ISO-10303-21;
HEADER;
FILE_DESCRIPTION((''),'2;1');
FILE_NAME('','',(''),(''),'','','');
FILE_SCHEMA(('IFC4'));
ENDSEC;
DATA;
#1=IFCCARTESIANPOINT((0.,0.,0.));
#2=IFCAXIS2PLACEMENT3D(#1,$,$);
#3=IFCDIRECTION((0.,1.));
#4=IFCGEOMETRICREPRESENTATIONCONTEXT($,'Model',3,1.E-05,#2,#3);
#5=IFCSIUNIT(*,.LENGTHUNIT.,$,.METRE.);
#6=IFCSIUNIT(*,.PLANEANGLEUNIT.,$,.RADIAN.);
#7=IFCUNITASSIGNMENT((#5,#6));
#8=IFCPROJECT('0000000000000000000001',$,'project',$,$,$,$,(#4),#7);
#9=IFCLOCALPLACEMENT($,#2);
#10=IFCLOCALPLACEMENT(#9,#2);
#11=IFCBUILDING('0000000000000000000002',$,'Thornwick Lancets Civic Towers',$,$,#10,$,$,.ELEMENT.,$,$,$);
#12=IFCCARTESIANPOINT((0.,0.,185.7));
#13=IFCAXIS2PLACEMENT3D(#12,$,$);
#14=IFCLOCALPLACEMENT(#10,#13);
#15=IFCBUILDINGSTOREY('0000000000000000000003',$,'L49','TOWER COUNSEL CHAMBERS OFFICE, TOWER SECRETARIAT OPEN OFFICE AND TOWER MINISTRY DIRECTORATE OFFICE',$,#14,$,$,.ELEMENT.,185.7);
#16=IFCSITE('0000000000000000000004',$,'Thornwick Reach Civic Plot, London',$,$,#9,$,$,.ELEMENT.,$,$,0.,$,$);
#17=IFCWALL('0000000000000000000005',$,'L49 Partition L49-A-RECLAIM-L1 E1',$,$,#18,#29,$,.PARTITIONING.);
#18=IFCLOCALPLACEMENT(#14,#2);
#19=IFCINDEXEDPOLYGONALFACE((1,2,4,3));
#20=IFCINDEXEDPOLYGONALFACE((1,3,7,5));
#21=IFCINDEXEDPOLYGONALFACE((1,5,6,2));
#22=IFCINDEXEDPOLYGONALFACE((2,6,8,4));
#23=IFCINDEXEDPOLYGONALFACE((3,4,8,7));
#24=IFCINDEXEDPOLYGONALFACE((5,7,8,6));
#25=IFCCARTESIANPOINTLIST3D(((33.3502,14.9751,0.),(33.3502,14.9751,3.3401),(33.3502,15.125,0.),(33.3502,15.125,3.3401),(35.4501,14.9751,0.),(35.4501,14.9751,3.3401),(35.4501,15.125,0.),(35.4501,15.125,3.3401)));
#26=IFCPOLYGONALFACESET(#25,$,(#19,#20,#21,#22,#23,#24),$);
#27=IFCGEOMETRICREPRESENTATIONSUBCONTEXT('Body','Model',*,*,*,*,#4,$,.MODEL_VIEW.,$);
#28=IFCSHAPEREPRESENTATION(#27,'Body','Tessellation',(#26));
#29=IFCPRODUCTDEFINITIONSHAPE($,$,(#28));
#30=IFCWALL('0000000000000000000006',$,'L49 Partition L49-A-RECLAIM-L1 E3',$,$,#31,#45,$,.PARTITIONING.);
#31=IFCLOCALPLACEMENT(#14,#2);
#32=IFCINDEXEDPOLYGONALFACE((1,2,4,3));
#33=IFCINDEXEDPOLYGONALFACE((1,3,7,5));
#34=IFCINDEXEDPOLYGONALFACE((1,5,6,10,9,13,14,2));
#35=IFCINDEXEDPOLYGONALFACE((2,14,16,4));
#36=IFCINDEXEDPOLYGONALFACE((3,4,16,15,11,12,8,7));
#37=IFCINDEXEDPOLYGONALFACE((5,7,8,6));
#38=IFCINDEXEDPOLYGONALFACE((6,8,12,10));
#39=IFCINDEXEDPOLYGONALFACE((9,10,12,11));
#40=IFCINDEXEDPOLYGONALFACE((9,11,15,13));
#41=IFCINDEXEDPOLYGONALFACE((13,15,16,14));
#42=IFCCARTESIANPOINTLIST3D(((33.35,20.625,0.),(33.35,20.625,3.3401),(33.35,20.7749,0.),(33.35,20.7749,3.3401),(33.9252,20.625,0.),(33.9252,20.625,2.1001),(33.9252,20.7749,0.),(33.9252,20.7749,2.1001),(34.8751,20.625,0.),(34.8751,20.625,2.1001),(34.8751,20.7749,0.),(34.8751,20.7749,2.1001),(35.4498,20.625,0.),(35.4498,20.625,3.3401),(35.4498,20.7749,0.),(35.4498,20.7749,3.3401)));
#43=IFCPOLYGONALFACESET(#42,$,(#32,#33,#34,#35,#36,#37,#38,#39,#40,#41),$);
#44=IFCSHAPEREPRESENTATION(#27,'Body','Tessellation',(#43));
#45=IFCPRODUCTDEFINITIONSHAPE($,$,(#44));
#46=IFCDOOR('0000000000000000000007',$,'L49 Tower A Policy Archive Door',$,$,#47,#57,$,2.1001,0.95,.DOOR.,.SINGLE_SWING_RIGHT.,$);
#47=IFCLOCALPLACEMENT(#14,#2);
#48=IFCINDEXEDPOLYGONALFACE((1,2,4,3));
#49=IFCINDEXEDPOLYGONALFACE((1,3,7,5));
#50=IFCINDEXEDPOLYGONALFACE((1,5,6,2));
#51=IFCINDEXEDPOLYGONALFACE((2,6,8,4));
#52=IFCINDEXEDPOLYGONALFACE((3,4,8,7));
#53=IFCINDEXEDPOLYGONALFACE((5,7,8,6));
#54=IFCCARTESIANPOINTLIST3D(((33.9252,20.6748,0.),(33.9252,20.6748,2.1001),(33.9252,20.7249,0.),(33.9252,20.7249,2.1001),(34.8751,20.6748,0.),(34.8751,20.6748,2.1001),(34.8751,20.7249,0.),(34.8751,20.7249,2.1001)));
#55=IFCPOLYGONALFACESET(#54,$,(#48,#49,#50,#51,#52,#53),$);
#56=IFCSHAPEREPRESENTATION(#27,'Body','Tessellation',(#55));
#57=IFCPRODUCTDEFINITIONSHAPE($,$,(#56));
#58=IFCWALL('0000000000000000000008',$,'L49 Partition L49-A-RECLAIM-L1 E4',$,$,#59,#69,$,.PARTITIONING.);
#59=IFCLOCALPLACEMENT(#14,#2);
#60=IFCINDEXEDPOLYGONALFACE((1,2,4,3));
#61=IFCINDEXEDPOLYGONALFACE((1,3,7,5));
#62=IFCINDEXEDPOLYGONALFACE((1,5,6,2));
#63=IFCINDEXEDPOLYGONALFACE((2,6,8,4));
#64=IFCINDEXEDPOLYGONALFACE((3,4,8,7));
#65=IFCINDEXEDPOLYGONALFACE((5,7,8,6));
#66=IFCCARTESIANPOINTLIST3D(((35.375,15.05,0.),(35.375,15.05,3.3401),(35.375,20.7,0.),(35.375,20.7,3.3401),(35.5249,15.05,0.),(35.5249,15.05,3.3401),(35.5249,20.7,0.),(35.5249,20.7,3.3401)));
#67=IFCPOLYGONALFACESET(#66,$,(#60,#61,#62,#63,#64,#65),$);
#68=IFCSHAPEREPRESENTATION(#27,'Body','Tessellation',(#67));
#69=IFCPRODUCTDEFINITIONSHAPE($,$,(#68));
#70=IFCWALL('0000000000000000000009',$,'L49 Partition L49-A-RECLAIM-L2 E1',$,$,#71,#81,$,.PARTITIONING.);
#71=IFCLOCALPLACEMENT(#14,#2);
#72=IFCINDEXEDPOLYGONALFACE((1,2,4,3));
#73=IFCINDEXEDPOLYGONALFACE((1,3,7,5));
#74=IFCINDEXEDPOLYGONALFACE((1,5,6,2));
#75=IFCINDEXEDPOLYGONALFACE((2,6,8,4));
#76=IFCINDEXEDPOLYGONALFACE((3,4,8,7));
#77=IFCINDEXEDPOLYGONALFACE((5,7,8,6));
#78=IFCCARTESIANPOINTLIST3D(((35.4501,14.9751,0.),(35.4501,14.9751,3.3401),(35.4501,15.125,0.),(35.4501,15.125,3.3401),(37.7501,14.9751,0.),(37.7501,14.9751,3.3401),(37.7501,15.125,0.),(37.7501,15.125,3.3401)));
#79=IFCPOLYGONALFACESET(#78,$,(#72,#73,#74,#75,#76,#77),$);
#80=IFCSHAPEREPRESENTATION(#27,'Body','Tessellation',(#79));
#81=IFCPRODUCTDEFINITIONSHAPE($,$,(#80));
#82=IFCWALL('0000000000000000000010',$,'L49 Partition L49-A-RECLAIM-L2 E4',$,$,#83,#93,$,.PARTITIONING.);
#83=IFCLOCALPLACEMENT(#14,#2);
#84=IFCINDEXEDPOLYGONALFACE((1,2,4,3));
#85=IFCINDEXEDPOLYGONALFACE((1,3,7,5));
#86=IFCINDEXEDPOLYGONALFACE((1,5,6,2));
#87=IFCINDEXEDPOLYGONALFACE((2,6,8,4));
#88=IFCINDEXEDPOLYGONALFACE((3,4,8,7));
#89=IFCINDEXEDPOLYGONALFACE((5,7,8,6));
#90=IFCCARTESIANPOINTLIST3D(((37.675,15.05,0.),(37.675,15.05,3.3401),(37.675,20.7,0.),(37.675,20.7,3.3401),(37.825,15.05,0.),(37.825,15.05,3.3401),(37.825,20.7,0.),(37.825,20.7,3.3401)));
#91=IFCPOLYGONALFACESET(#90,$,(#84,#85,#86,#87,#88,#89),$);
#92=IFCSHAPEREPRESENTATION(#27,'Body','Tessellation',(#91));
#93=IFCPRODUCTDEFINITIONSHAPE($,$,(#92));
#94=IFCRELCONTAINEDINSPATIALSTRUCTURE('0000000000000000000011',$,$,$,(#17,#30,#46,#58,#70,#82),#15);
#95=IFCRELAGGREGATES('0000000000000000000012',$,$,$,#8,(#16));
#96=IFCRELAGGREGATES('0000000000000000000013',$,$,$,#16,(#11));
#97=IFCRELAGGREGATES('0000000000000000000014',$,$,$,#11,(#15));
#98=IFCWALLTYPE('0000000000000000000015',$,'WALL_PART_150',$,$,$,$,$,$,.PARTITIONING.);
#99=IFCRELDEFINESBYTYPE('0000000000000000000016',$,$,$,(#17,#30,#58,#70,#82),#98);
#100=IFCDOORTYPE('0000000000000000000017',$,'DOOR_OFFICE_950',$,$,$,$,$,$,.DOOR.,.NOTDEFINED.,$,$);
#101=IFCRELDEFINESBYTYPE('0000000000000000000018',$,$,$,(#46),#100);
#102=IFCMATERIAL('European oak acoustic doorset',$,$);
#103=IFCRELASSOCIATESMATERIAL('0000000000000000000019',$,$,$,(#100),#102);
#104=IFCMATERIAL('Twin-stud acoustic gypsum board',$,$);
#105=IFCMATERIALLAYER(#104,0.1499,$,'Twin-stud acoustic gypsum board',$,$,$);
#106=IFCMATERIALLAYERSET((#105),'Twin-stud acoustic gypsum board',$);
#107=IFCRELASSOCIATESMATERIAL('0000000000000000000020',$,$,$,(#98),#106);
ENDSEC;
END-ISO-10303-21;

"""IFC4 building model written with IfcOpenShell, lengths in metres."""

from ifc_helpers import new_model, si_unit, direction, frame, frame_2d, origin, place, context, subcontext, project, spatial, rectangle, extrude, material, layer, layer_set, type_object, element, fill, save


model = new_model("IFC4")

# Units and contexts
model_context = context("Model", 3, precision=1e-05, world=origin(), true_north=direction((0.0, 1.0)))
body_context = subcontext(model_context, "Body", "Model", "MODEL_VIEW")
ifc_project = project(units=[si_unit("LENGTHUNIT", "METRE"), si_unit("PLANEANGLEUNIT", "RADIAN")], contexts=[model_context])

# Site, building, storey
site_placement = place(None, origin())
site = spatial("IfcSite", under=ifc_project, at=site_placement, Name="Thornwick Reach Civic Plot, London", CompositionType="ELEMENT", RefElevation=0.0)
building_placement = place(site_placement, origin())
building = spatial("IfcBuilding", under=site, at=building_placement, Name="Thornwick Lancets Civic Towers", CompositionType="ELEMENT")
storey_placement = place(building_placement, frame((0.0, 0.0, 185.7)))
storey = spatial("IfcBuildingStorey", under=building, at=storey_placement, Name="L49", Description="TOWER COUNSEL CHAMBERS OFFICE, TOWER SECRETARIAT OPEN OFFICE AND TOWER MINISTRY DIRECTORATE OFFICE", CompositionType="ELEMENT", Elevation=185.7)

# Shared definitions
ifc_material_1 = material(Name="European oak acoustic doorset")
door_type_1 = type_object("IfcDoorType", Name="DOOR_OFFICE_950", OperationType="NOTDEFINED", PredefinedType="DOOR", material=ifc_material_1)

# Wall
ifc_material_2 = material(Name="Twin-stud acoustic gypsum board")
ifc_layer_1 = layer(ifc_material_2, 0.1499, Name="Twin-stud acoustic gypsum board")
ifc_layer_set_1 = layer_set([ifc_layer_1], Name="Twin-stud acoustic gypsum board")
wall_type_1 = type_object("IfcWallType", Name="WALL_PART_150", PredefinedType="PARTITIONING", material=ifc_layer_set_1)
wall_1_placement = place(storey_placement, frame((35.45, 15.05, 0.0), z_axis=(0.0, 0.0, 1.0), x_axis=(-1.0, 0.0, 0.0)))
element("IfcWall", 1, at=wall_1_placement, inside=storey, type_object=wall_type_1, Name="L49 Partition L49-A-RECLAIM-L1 E1", PredefinedType="PARTITIONING", context=body_context, shape_type="SweptSolid", body=[
    extrude(rectangle(XDim=2.0999, YDim=0.1499, at=frame_2d((1.0498, 0.0))), origin(), (0.0, 0.0, 1.0), 3.3401),
])

# Wall, opening, door
wall_2_placement = place(storey_placement, frame((33.3501, 20.7, 0.0), z_axis=(0.0, 0.0, 1.0), x_axis=(1.0, 0.0, 0.0)))
wall_2 = element("IfcWall", 2, at=wall_2_placement, inside=storey, type_object=wall_type_1, Name="L49 Partition L49-A-RECLAIM-L1 E3", PredefinedType="PARTITIONING", context=body_context, shape_type="SweptSolid", body=[
    extrude(rectangle(XDim=2.0999, YDim=0.1499, at=frame_2d((1.0498, 0.0))), origin(), (0.0, 0.0, 1.0), 3.3401),
])
opening_1_placement = place(wall_2_placement, frame((0.575, 0.0, 0.0)))
opening_1 = element("IfcOpeningElement", 3, at=opening_1_placement, cuts=wall_2, PredefinedType="OPENING", context=body_context, shape_type="SweptSolid", body=[
    extrude(rectangle(XDim=0.95, YDim=2.1001, at=frame_2d((0.4751, 1.05))), frame((0.0, 0.085, 0.0), z_axis=(0.0, -1.0, 0.0), x_axis=(1.0, 0.0, 0.0)), (0.0, 0.0, 1.0), 0.1699),
])
door_1_placement = place(opening_1_placement, origin())
door_1 = element("IfcDoor", 4, at=door_1_placement, inside=storey, type_object=door_type_1, Name="L49 Tower A Policy Archive Door", OperationType="SINGLE_SWING_RIGHT", OverallHeight=2.1001, OverallWidth=0.95, PredefinedType="DOOR", context=body_context, shape_type="SweptSolid", body=[
    extrude(rectangle(XDim=0.95, YDim=2.1001, at=frame_2d((0.4751, 1.05))), frame((0.0, 0.0249, 0.0), z_axis=(0.0, -1.0, 0.0), x_axis=(1.0, 0.0, 0.0)), (0.0, 0.0, 1.0), 0.05),
])
fill(opening_1, door_1)

# Walls
wall_3_placement = place(storey_placement, frame((35.45, 20.7, 0.0), z_axis=(0.0, 0.0, 1.0), x_axis=(0.0, -1.0, 0.0)))
element("IfcWall", 5, at=wall_3_placement, inside=storey, type_object=wall_type_1, Name="L49 Partition L49-A-RECLAIM-L1 E4", PredefinedType="PARTITIONING", context=body_context, shape_type="SweptSolid", body=[
    extrude(rectangle(XDim=5.6499, YDim=0.1499, at=frame_2d((2.825, 0.0))), origin(), (0.0, 0.0, 1.0), 3.3401),
])
wall_4_placement = place(storey_placement, frame((37.75, 15.05, 0.0), z_axis=(0.0, 0.0, 1.0), x_axis=(-1.0, 0.0, 0.0)))
element("IfcWall", 6, at=wall_4_placement, inside=storey, type_object=wall_type_1, Name="L49 Partition L49-A-RECLAIM-L2 E1", PredefinedType="PARTITIONING", context=body_context, shape_type="SweptSolid", body=[
    extrude(rectangle(XDim=2.3, YDim=0.1499, at=frame_2d((1.1499, 0.0))), origin(), (0.0, 0.0, 1.0), 3.3401),
])

# Wall
wall_5_placement = place(storey_placement, frame((37.75, 20.7, 0.0), z_axis=(0.0, 0.0, 1.0), x_axis=(0.0, -1.0, 0.0)))
element("IfcWall", 7, at=wall_5_placement, inside=storey, type_object=wall_type_1, Name="L49 Partition L49-A-RECLAIM-L2 E4", PredefinedType="PARTITIONING", context=body_context, shape_type="SweptSolid", body=[
    extrude(rectangle(XDim=5.6499, YDim=0.1499, at=frame_2d((2.825, 0.0))), origin(), (0.0, 0.0, 1.0), 3.3401),
])

save(model, "model.ifc")
